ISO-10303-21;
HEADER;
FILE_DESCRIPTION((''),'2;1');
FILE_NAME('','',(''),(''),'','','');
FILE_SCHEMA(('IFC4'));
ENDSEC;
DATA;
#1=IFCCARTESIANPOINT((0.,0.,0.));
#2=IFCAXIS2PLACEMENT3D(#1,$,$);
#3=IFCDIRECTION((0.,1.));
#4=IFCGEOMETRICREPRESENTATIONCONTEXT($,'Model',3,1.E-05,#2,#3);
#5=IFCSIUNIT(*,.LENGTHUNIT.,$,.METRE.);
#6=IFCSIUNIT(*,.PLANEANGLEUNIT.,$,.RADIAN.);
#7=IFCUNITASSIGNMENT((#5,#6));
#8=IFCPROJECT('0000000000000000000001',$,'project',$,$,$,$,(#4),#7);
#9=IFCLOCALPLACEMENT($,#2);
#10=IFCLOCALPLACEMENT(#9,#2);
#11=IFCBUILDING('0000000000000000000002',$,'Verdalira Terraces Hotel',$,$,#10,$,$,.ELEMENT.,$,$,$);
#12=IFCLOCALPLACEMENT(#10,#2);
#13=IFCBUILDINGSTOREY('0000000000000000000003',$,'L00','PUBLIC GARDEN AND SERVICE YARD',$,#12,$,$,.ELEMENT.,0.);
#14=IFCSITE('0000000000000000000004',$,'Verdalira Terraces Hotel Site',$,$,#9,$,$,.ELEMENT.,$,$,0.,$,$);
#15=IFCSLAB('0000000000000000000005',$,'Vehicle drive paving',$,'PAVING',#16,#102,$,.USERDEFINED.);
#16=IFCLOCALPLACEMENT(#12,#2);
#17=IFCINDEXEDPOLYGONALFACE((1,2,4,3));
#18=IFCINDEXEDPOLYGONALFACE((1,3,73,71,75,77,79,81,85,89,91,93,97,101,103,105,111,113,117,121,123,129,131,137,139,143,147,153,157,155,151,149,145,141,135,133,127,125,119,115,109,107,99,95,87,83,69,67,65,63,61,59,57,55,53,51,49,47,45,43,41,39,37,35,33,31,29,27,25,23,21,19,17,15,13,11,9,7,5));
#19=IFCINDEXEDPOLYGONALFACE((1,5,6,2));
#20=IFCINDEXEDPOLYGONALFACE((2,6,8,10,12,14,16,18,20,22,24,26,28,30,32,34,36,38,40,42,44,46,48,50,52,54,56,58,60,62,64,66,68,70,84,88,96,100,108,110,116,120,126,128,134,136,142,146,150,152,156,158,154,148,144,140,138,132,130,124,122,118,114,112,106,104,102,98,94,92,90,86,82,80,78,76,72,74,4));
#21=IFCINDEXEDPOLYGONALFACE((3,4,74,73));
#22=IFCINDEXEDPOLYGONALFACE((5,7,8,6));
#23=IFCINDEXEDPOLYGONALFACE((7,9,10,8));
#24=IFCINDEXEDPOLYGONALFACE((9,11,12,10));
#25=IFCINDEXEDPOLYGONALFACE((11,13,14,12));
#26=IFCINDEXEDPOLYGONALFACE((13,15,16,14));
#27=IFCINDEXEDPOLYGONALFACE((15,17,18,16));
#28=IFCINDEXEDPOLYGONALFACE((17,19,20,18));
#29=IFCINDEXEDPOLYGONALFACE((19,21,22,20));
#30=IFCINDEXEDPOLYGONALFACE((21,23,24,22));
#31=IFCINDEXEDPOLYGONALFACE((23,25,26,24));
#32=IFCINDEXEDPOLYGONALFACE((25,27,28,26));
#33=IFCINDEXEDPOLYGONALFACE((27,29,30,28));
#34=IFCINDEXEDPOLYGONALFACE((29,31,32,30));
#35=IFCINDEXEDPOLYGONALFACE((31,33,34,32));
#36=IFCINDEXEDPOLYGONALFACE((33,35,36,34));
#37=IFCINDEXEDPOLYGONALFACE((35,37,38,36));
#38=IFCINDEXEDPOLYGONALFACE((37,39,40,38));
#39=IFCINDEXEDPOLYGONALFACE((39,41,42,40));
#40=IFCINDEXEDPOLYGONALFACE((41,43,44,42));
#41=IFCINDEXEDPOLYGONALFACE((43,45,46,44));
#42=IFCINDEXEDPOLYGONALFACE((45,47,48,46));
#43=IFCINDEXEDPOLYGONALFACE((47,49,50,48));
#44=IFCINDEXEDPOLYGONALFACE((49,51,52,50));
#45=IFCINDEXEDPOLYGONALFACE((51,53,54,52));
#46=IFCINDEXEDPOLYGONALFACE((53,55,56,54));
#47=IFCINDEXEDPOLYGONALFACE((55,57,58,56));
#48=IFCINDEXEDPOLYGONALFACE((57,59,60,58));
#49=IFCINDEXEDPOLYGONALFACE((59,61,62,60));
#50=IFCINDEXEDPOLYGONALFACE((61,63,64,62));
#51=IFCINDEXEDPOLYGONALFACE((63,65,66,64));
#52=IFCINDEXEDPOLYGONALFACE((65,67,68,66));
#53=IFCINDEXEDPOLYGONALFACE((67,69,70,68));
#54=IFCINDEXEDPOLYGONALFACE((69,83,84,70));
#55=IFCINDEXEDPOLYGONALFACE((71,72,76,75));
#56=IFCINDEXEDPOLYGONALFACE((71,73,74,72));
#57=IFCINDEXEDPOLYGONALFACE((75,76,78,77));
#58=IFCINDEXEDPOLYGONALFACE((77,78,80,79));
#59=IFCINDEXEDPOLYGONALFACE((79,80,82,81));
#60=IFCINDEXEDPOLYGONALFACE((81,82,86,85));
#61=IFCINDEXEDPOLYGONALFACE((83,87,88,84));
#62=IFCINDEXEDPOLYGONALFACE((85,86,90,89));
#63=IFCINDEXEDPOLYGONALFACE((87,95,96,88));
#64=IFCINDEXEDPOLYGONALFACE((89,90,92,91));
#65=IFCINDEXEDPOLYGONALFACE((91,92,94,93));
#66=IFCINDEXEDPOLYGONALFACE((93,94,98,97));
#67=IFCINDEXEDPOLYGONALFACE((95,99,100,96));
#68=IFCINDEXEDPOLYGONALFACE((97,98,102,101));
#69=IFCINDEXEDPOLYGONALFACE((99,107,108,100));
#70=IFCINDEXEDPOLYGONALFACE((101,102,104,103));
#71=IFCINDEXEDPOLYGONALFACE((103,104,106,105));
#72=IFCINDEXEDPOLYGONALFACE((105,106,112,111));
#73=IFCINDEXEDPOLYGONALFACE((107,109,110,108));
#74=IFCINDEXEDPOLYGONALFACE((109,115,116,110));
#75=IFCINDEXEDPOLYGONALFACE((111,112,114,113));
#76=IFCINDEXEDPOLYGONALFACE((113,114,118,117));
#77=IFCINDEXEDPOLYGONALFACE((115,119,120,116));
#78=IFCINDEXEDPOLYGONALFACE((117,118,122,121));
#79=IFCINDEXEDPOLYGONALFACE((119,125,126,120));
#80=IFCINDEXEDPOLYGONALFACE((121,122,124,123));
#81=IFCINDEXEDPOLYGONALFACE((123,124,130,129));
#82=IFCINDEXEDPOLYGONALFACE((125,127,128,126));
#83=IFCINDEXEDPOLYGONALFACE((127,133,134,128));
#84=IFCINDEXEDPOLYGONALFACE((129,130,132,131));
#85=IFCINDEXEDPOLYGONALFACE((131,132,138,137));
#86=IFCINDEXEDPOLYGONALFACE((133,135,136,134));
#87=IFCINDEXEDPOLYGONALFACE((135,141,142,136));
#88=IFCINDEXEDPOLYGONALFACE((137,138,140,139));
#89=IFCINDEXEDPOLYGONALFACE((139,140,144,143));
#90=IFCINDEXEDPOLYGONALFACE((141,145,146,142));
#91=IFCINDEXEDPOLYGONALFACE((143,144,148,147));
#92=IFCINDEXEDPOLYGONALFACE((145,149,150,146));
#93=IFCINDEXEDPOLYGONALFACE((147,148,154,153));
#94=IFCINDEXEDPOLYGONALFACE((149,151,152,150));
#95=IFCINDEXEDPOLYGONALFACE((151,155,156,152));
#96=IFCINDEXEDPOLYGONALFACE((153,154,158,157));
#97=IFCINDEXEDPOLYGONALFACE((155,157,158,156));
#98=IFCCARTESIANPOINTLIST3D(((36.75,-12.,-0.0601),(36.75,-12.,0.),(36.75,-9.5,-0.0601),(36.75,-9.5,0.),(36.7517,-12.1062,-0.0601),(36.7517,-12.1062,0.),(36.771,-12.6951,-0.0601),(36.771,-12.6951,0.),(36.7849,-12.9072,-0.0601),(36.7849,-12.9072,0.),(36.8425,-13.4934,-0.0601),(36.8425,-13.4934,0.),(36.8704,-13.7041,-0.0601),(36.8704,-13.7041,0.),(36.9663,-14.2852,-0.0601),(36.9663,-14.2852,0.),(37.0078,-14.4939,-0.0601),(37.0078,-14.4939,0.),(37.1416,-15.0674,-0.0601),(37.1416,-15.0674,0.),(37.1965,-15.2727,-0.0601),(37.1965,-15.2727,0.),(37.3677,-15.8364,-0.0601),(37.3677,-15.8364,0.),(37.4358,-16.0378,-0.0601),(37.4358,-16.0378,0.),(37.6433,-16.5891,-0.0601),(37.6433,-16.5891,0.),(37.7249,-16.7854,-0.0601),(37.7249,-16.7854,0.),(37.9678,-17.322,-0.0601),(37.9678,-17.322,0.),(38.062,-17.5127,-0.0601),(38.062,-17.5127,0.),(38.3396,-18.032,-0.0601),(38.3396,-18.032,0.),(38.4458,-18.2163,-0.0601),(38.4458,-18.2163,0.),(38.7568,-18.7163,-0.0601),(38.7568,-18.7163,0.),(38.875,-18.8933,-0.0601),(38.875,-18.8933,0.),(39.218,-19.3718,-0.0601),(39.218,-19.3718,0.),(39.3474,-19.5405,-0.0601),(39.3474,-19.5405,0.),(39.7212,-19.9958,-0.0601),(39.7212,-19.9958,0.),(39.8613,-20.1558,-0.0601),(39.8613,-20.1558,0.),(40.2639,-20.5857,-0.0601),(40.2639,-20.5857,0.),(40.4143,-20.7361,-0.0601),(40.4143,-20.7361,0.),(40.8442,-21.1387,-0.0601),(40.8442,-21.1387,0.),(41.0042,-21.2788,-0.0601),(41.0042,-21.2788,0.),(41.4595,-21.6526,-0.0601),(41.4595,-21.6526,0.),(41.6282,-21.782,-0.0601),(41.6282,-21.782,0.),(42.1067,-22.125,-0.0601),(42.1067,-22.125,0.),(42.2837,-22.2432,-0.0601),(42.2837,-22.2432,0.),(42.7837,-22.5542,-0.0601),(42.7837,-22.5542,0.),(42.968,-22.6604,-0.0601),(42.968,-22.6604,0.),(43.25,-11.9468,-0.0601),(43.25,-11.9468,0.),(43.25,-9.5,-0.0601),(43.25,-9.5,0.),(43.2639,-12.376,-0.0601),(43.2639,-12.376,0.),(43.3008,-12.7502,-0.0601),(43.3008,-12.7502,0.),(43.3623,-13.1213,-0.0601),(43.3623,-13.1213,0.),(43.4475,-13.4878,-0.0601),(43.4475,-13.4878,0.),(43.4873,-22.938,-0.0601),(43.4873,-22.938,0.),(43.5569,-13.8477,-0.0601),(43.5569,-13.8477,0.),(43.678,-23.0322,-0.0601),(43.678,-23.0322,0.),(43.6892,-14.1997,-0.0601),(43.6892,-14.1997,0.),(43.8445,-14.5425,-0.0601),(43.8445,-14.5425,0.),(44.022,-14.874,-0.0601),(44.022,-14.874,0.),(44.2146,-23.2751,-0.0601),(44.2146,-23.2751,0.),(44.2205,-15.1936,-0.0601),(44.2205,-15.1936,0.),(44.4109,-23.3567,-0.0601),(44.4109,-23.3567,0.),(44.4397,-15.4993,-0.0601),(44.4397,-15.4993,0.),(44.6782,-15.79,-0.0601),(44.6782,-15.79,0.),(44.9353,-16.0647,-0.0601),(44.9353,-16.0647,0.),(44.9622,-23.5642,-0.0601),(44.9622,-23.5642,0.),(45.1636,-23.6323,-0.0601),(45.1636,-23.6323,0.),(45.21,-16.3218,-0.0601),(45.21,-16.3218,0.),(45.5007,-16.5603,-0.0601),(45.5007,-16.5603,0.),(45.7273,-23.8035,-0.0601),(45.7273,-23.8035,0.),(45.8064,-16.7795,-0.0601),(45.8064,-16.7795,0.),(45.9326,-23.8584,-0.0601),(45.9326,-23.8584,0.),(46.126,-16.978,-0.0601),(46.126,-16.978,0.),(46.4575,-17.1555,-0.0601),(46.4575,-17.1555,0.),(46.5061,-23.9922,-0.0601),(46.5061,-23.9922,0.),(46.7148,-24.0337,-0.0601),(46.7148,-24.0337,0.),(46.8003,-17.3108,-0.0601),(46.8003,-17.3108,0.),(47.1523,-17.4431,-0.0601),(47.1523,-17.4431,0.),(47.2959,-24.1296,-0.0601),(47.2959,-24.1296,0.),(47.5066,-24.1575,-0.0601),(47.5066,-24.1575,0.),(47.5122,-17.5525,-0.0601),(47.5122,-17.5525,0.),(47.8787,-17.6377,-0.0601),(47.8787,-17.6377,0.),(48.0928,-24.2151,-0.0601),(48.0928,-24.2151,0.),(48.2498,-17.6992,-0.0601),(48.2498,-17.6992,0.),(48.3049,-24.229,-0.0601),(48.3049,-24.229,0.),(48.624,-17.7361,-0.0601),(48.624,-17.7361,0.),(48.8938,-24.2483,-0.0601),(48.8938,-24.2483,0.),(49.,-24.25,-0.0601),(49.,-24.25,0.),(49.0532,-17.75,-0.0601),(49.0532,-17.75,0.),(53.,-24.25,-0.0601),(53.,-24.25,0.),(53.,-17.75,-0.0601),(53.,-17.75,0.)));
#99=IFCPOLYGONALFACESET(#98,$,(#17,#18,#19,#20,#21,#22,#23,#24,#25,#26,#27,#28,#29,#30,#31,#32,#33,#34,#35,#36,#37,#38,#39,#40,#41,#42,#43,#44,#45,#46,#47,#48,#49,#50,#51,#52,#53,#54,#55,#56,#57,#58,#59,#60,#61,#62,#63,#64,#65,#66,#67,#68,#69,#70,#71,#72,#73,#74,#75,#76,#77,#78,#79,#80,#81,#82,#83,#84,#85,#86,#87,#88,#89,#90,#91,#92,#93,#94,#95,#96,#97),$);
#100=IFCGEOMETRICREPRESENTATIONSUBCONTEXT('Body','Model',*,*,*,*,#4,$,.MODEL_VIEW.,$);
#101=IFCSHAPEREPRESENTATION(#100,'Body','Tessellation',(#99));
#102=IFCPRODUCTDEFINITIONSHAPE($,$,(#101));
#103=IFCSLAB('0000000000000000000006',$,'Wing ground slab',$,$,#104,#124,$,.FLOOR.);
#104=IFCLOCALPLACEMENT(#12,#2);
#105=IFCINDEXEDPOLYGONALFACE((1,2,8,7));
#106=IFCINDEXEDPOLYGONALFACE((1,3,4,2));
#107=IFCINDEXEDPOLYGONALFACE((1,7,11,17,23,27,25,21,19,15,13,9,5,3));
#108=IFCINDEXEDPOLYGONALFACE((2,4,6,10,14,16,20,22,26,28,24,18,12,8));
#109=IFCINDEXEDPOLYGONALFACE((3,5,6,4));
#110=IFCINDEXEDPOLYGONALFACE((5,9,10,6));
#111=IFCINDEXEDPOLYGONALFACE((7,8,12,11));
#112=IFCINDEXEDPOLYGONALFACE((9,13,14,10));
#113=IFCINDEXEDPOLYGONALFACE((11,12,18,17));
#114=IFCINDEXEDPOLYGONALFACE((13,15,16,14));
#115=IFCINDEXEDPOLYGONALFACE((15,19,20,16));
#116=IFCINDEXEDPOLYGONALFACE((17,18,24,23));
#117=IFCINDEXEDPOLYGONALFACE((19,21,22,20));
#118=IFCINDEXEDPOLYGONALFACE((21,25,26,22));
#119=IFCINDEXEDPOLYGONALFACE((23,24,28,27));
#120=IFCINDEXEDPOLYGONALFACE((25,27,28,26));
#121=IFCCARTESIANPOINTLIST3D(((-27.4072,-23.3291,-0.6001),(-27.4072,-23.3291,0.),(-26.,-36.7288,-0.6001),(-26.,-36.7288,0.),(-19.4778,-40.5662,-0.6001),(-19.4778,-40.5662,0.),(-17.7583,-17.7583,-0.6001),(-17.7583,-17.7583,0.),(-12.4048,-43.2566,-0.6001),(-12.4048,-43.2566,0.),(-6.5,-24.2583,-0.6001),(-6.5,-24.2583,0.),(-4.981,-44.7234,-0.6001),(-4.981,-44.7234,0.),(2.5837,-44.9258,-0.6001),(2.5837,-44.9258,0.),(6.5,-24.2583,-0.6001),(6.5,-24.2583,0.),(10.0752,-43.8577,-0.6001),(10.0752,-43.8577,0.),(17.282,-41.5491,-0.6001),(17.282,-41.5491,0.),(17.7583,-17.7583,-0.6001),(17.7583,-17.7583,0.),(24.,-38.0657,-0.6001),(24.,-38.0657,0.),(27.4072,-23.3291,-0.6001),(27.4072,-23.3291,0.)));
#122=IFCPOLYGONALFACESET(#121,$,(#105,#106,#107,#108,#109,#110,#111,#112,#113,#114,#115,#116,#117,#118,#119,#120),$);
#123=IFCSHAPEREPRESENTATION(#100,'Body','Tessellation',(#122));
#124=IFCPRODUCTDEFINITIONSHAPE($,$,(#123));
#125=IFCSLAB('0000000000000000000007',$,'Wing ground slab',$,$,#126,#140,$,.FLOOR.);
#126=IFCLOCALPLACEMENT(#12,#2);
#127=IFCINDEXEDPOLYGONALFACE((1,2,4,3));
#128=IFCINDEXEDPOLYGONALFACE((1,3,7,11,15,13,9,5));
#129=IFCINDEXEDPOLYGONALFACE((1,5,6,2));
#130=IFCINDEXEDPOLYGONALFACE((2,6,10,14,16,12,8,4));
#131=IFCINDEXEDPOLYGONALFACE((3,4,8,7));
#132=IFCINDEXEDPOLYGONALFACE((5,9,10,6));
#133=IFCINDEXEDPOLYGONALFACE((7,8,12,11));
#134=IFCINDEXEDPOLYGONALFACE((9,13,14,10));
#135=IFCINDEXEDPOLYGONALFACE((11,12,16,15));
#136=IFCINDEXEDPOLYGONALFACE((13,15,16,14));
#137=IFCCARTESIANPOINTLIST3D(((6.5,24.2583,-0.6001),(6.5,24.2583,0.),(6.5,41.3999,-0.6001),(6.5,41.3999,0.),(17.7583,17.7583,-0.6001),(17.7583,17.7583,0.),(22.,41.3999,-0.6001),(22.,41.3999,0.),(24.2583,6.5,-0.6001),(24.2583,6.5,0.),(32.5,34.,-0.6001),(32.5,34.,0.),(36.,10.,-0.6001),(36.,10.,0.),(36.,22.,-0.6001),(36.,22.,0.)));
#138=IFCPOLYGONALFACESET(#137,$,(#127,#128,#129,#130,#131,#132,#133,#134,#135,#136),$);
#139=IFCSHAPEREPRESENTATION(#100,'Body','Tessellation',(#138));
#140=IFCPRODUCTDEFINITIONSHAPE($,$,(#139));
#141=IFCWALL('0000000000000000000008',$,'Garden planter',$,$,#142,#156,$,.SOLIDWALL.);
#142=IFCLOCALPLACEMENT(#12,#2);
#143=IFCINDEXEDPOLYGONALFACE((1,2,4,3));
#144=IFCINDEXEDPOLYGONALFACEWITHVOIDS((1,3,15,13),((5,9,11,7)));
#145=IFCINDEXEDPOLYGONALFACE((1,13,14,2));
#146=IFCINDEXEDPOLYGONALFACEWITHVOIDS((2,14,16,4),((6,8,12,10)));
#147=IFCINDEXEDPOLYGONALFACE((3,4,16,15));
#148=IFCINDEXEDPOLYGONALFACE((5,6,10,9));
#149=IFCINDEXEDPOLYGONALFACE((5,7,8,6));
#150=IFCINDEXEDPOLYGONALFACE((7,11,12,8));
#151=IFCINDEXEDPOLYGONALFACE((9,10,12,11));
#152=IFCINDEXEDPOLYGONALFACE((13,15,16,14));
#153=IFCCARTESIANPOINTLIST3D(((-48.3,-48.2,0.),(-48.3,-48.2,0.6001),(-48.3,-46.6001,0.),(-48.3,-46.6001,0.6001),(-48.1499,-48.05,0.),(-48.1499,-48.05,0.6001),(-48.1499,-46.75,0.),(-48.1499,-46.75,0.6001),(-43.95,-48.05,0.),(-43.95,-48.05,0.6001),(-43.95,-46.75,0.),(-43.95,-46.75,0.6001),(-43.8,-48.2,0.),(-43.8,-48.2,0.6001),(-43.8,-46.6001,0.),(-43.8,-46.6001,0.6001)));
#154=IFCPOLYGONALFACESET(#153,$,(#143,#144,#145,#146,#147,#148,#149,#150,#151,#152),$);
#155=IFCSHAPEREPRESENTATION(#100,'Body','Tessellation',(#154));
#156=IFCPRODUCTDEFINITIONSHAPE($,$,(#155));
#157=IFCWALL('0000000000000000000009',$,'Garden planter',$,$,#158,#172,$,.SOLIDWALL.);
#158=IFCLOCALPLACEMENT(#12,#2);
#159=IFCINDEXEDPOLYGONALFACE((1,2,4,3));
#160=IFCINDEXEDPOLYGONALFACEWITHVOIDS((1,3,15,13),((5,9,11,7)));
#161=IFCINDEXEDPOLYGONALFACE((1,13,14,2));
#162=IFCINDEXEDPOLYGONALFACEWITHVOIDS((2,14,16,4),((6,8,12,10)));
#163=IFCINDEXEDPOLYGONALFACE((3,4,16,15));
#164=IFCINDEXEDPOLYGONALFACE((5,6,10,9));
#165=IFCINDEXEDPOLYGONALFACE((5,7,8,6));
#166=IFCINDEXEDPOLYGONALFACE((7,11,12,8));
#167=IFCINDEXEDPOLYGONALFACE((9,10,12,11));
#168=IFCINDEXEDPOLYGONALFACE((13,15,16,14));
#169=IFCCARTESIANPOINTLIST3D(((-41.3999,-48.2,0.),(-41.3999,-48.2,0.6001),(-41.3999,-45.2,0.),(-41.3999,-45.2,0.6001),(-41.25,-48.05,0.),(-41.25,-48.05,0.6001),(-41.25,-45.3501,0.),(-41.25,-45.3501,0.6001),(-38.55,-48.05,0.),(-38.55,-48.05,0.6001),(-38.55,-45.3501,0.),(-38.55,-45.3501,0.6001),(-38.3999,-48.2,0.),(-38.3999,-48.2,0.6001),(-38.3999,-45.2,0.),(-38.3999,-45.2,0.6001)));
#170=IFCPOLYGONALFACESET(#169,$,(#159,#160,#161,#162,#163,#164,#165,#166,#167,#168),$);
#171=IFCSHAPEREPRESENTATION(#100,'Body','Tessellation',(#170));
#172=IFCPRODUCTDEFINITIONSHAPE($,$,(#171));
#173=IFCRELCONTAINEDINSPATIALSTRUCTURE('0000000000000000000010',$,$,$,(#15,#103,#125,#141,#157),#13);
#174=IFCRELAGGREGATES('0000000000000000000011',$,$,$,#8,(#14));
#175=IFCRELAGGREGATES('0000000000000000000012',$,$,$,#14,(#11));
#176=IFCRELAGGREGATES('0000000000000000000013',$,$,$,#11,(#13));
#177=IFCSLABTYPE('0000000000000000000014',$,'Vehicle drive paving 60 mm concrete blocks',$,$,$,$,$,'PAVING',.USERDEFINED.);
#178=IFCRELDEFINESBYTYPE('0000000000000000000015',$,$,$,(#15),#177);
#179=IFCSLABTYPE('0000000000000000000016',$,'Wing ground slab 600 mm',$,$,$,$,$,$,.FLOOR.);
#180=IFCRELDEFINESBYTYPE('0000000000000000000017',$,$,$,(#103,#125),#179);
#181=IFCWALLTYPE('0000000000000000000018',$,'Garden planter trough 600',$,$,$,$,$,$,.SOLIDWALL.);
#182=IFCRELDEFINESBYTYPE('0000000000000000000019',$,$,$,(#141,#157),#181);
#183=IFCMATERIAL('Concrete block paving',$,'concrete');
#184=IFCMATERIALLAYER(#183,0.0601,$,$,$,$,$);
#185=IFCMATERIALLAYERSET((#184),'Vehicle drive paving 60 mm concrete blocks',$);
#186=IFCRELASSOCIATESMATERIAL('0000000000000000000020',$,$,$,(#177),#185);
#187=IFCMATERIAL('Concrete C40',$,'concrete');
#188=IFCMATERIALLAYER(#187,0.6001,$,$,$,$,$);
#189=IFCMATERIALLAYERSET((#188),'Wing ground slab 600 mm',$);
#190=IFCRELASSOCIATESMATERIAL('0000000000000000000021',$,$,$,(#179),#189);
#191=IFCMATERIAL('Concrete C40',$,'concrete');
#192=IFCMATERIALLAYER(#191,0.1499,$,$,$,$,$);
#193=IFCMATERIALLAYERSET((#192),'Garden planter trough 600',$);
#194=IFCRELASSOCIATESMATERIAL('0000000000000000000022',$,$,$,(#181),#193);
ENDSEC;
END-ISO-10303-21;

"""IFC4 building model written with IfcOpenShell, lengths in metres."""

from ifc_helpers import new_model, si_unit, direction, frame, origin, place, context, subcontext, project, spatial, polyline, outline, extrude, material, layer, layer_set, type_object, element, save


model = new_model("IFC4")

# Units and contexts
model_context = context("Model", 3, precision=1e-05, world=origin(), true_north=direction((0.0, 1.0)))
body_context = subcontext(model_context, "Body", "Model", "MODEL_VIEW")
ifc_project = project(units=[si_unit("LENGTHUNIT", "METRE"), si_unit("PLANEANGLEUNIT", "RADIAN")], contexts=[model_context])

# Site, building, storey
site_placement = place(None, origin())
site = spatial("IfcSite", under=ifc_project, at=site_placement, Name="Verdalira Terraces Hotel Site", CompositionType="ELEMENT", RefElevation=0.0)
building_placement = place(site_placement, origin())
building = spatial("IfcBuilding", under=site, at=building_placement, Name="Verdalira Terraces Hotel", CompositionType="ELEMENT")
storey_placement = place(building_placement, origin())
storey = spatial("IfcBuildingStorey", under=building, at=storey_placement, Name="L00", Description="PUBLIC GARDEN AND SERVICE YARD", CompositionType="ELEMENT", Elevation=0.0)

# Slabs
ifc_material_1 = material(Name="Concrete block paving", Category="concrete")
ifc_layer_1 = layer(ifc_material_1, 0.0601)
ifc_layer_set_1 = layer_set([ifc_layer_1], Name="Vehicle drive paving 60 mm concrete blocks")
slab_type_1 = type_object("IfcSlabType", Name="Vehicle drive paving 60 mm concrete blocks", ElementType="PAVING", PredefinedType="USERDEFINED", material=ifc_layer_set_1)
slab_1_placement = place(storey_placement, frame((0.0, 0.0, -0.0601)))
element("IfcSlab", 1, at=slab_1_placement, inside=storey, type_object=slab_type_1, Name="Vehicle drive paving", ObjectType="PAVING", PredefinedType="USERDEFINED", context=body_context, shape_type="SweptSolid", body=[
    extrude(outline(polyline([(48.0928, -24.2151), (47.5066, -24.1575), (47.2959, -24.1296), (46.7148, -24.0337), (46.5061, -23.9922), (45.9326, -23.8584), (45.7273, -23.8035), (45.1636, -23.6323), (44.9622, -23.5642), (44.4109, -23.3567), (44.2146, -23.2751), (43.678, -23.0322), (43.4873, -22.938), (42.968, -22.6604), (42.7837, -22.5542), (42.2837, -22.2432), (42.1067, -22.125), (41.6282, -21.782), (41.4595, -21.6526), (41.0042, -21.2788), (40.8442, -21.1387), (40.4143, -20.7361), (40.2639, -20.5857), (39.8613, -20.1558), (39.7212, -19.9959), (39.3474, -19.5405), (39.218, -19.3718), (38.875, -18.8933), (38.7568, -18.7163), (38.4458, -18.2163), (38.3396, -18.032), (38.062, -17.5127), (37.9678, -17.322), (37.7249, -16.7854), (37.6433, -16.5891), (37.4358, -16.0378), (37.3677, -15.8364), (37.1965, -15.2727), (37.1416, -15.0674), (37.0078, -14.4939), (36.9663, -14.2852), (36.8704, -13.7041), (36.8425, -13.4934), (36.7849, -12.9072), (36.771, -12.6951), (36.7517, -12.1062), (36.75, -12.0), (36.75, -9.5), (43.25, -9.5), (43.25, -11.9468), (43.2639, -12.376), (43.3008, -12.7502), (43.3623, -13.1213), (43.4475, -13.4878), (43.5569, -13.8477), (43.6892, -14.1997), (43.8445, -14.5425), (44.022, -14.874), (44.2205, -15.1936), (44.4397, -15.4993), (44.6782, -15.79), (44.9353, -16.0647), (45.21, -16.3218), (45.5007, -16.5603), (45.8064, -16.7795), (46.126, -16.978), (46.4575, -17.1555), (46.8003, -17.3108), (47.1523, -17.4431), (47.5122, -17.5525), (47.8787, -17.6377), (48.2498, -17.6992), (48.624, -17.7361), (49.0532, -17.75), (53.0, -17.75), (53.0, -24.25), (49.0, -24.25), (48.8938, -24.2483), (48.3049, -24.229), (48.0928, -24.2151)])), origin(), (0.0, 0.0, 1.0), 0.0601),
])
ifc_material_2 = material(Name="Concrete C40", Category="concrete")
ifc_layer_2 = layer(ifc_material_2, 0.6001)
ifc_layer_set_2 = layer_set([ifc_layer_2], Name="Wing ground slab 600 mm")
slab_type_2 = type_object("IfcSlabType", Name="Wing ground slab 600 mm", PredefinedType="FLOOR", material=ifc_layer_set_2)
slab_2_placement = place(storey_placement, frame((0.0, 0.0, -0.6001)))
element("IfcSlab", 2, at=slab_2_placement, inside=storey, type_object=slab_type_2, Name="Wing ground slab", PredefinedType="FLOOR", context=body_context, shape_type="SweptSolid", body=[
    extrude(outline(polyline([(17.282, -41.5491), (10.0752, -43.8577), (2.5837, -44.9258), (-4.981, -44.7234), (-12.4048, -43.2566), (-19.4778, -40.5662), (-26.0, -36.7288), (-27.4072, -23.3291), (-17.7583, -17.7583), (-6.5, -24.2583), (6.5, -24.2583), (17.7583, -17.7583), (27.4072, -23.3291), (24.0, -38.0657), (17.282, -41.5491)])), origin(), (0.0, 0.0, 1.0), 0.6001),
])
slab_3_placement = place(storey_placement, frame((0.0, 0.0, -0.6001)))
element("IfcSlab", 3, at=slab_3_placement, inside=storey, type_object=slab_type_2, Name="Wing ground slab", PredefinedType="FLOOR", context=body_context, shape_type="SweptSolid", body=[
    extrude(outline(polyline([(22.0, 41.3999), (32.5, 34.0), (36.0, 22.0), (36.0, 10.0), (24.2583, 6.5), (17.7583, 17.7583), (6.5, 24.2583), (6.5, 41.3999), (22.0, 41.3999)])), origin(), (0.0, 0.0, 1.0), 0.6001),
])

# Walls
ifc_material_3 = material(Name="Concrete C40", Category="concrete")
ifc_layer_3 = layer(ifc_material_3, 0.1499)
ifc_layer_set_3 = layer_set([ifc_layer_3], Name="Garden planter trough 600")
wall_type = type_object("IfcWallType", Name="Garden planter trough 600", PredefinedType="SOLIDWALL", material=ifc_layer_set_3)
wall_1_placement = place(storey_placement, origin())
element("IfcWall", 4, at=wall_1_placement, inside=storey, type_object=wall_type, Name="Garden planter", PredefinedType="SOLIDWALL", context=body_context, shape_type="SweptSolid", body=[
    extrude(outline(polyline([(-48.3, -48.2), (-43.8, -48.2), (-43.8, -46.6001), (-48.3, -46.6001), (-48.3, -48.2)]), holes=[polyline([(-48.1499, -48.05), (-48.1499, -46.75), (-43.95, -46.75), (-43.95, -48.05), (-48.1499, -48.05)])]), origin(), (0.0, 0.0, 1.0), 0.6001),
])
wall_2_placement = place(storey_placement, origin())
element("IfcWall", 5, at=wall_2_placement, inside=storey, type_object=wall_type, Name="Garden planter", PredefinedType="SOLIDWALL", context=body_context, shape_type="SweptSolid", body=[
    extrude(outline(polyline([(-41.3999, -48.2), (-38.3999, -48.2), (-38.3999, -45.2), (-41.3999, -45.2), (-41.3999, -48.2)]), holes=[polyline([(-41.25, -48.05), (-41.25, -45.3501), (-38.55, -45.3501), (-38.55, -48.05), (-41.25, -48.05)])]), origin(), (0.0, 0.0, 1.0), 0.6001),
])

save(model, "model.ifc")
